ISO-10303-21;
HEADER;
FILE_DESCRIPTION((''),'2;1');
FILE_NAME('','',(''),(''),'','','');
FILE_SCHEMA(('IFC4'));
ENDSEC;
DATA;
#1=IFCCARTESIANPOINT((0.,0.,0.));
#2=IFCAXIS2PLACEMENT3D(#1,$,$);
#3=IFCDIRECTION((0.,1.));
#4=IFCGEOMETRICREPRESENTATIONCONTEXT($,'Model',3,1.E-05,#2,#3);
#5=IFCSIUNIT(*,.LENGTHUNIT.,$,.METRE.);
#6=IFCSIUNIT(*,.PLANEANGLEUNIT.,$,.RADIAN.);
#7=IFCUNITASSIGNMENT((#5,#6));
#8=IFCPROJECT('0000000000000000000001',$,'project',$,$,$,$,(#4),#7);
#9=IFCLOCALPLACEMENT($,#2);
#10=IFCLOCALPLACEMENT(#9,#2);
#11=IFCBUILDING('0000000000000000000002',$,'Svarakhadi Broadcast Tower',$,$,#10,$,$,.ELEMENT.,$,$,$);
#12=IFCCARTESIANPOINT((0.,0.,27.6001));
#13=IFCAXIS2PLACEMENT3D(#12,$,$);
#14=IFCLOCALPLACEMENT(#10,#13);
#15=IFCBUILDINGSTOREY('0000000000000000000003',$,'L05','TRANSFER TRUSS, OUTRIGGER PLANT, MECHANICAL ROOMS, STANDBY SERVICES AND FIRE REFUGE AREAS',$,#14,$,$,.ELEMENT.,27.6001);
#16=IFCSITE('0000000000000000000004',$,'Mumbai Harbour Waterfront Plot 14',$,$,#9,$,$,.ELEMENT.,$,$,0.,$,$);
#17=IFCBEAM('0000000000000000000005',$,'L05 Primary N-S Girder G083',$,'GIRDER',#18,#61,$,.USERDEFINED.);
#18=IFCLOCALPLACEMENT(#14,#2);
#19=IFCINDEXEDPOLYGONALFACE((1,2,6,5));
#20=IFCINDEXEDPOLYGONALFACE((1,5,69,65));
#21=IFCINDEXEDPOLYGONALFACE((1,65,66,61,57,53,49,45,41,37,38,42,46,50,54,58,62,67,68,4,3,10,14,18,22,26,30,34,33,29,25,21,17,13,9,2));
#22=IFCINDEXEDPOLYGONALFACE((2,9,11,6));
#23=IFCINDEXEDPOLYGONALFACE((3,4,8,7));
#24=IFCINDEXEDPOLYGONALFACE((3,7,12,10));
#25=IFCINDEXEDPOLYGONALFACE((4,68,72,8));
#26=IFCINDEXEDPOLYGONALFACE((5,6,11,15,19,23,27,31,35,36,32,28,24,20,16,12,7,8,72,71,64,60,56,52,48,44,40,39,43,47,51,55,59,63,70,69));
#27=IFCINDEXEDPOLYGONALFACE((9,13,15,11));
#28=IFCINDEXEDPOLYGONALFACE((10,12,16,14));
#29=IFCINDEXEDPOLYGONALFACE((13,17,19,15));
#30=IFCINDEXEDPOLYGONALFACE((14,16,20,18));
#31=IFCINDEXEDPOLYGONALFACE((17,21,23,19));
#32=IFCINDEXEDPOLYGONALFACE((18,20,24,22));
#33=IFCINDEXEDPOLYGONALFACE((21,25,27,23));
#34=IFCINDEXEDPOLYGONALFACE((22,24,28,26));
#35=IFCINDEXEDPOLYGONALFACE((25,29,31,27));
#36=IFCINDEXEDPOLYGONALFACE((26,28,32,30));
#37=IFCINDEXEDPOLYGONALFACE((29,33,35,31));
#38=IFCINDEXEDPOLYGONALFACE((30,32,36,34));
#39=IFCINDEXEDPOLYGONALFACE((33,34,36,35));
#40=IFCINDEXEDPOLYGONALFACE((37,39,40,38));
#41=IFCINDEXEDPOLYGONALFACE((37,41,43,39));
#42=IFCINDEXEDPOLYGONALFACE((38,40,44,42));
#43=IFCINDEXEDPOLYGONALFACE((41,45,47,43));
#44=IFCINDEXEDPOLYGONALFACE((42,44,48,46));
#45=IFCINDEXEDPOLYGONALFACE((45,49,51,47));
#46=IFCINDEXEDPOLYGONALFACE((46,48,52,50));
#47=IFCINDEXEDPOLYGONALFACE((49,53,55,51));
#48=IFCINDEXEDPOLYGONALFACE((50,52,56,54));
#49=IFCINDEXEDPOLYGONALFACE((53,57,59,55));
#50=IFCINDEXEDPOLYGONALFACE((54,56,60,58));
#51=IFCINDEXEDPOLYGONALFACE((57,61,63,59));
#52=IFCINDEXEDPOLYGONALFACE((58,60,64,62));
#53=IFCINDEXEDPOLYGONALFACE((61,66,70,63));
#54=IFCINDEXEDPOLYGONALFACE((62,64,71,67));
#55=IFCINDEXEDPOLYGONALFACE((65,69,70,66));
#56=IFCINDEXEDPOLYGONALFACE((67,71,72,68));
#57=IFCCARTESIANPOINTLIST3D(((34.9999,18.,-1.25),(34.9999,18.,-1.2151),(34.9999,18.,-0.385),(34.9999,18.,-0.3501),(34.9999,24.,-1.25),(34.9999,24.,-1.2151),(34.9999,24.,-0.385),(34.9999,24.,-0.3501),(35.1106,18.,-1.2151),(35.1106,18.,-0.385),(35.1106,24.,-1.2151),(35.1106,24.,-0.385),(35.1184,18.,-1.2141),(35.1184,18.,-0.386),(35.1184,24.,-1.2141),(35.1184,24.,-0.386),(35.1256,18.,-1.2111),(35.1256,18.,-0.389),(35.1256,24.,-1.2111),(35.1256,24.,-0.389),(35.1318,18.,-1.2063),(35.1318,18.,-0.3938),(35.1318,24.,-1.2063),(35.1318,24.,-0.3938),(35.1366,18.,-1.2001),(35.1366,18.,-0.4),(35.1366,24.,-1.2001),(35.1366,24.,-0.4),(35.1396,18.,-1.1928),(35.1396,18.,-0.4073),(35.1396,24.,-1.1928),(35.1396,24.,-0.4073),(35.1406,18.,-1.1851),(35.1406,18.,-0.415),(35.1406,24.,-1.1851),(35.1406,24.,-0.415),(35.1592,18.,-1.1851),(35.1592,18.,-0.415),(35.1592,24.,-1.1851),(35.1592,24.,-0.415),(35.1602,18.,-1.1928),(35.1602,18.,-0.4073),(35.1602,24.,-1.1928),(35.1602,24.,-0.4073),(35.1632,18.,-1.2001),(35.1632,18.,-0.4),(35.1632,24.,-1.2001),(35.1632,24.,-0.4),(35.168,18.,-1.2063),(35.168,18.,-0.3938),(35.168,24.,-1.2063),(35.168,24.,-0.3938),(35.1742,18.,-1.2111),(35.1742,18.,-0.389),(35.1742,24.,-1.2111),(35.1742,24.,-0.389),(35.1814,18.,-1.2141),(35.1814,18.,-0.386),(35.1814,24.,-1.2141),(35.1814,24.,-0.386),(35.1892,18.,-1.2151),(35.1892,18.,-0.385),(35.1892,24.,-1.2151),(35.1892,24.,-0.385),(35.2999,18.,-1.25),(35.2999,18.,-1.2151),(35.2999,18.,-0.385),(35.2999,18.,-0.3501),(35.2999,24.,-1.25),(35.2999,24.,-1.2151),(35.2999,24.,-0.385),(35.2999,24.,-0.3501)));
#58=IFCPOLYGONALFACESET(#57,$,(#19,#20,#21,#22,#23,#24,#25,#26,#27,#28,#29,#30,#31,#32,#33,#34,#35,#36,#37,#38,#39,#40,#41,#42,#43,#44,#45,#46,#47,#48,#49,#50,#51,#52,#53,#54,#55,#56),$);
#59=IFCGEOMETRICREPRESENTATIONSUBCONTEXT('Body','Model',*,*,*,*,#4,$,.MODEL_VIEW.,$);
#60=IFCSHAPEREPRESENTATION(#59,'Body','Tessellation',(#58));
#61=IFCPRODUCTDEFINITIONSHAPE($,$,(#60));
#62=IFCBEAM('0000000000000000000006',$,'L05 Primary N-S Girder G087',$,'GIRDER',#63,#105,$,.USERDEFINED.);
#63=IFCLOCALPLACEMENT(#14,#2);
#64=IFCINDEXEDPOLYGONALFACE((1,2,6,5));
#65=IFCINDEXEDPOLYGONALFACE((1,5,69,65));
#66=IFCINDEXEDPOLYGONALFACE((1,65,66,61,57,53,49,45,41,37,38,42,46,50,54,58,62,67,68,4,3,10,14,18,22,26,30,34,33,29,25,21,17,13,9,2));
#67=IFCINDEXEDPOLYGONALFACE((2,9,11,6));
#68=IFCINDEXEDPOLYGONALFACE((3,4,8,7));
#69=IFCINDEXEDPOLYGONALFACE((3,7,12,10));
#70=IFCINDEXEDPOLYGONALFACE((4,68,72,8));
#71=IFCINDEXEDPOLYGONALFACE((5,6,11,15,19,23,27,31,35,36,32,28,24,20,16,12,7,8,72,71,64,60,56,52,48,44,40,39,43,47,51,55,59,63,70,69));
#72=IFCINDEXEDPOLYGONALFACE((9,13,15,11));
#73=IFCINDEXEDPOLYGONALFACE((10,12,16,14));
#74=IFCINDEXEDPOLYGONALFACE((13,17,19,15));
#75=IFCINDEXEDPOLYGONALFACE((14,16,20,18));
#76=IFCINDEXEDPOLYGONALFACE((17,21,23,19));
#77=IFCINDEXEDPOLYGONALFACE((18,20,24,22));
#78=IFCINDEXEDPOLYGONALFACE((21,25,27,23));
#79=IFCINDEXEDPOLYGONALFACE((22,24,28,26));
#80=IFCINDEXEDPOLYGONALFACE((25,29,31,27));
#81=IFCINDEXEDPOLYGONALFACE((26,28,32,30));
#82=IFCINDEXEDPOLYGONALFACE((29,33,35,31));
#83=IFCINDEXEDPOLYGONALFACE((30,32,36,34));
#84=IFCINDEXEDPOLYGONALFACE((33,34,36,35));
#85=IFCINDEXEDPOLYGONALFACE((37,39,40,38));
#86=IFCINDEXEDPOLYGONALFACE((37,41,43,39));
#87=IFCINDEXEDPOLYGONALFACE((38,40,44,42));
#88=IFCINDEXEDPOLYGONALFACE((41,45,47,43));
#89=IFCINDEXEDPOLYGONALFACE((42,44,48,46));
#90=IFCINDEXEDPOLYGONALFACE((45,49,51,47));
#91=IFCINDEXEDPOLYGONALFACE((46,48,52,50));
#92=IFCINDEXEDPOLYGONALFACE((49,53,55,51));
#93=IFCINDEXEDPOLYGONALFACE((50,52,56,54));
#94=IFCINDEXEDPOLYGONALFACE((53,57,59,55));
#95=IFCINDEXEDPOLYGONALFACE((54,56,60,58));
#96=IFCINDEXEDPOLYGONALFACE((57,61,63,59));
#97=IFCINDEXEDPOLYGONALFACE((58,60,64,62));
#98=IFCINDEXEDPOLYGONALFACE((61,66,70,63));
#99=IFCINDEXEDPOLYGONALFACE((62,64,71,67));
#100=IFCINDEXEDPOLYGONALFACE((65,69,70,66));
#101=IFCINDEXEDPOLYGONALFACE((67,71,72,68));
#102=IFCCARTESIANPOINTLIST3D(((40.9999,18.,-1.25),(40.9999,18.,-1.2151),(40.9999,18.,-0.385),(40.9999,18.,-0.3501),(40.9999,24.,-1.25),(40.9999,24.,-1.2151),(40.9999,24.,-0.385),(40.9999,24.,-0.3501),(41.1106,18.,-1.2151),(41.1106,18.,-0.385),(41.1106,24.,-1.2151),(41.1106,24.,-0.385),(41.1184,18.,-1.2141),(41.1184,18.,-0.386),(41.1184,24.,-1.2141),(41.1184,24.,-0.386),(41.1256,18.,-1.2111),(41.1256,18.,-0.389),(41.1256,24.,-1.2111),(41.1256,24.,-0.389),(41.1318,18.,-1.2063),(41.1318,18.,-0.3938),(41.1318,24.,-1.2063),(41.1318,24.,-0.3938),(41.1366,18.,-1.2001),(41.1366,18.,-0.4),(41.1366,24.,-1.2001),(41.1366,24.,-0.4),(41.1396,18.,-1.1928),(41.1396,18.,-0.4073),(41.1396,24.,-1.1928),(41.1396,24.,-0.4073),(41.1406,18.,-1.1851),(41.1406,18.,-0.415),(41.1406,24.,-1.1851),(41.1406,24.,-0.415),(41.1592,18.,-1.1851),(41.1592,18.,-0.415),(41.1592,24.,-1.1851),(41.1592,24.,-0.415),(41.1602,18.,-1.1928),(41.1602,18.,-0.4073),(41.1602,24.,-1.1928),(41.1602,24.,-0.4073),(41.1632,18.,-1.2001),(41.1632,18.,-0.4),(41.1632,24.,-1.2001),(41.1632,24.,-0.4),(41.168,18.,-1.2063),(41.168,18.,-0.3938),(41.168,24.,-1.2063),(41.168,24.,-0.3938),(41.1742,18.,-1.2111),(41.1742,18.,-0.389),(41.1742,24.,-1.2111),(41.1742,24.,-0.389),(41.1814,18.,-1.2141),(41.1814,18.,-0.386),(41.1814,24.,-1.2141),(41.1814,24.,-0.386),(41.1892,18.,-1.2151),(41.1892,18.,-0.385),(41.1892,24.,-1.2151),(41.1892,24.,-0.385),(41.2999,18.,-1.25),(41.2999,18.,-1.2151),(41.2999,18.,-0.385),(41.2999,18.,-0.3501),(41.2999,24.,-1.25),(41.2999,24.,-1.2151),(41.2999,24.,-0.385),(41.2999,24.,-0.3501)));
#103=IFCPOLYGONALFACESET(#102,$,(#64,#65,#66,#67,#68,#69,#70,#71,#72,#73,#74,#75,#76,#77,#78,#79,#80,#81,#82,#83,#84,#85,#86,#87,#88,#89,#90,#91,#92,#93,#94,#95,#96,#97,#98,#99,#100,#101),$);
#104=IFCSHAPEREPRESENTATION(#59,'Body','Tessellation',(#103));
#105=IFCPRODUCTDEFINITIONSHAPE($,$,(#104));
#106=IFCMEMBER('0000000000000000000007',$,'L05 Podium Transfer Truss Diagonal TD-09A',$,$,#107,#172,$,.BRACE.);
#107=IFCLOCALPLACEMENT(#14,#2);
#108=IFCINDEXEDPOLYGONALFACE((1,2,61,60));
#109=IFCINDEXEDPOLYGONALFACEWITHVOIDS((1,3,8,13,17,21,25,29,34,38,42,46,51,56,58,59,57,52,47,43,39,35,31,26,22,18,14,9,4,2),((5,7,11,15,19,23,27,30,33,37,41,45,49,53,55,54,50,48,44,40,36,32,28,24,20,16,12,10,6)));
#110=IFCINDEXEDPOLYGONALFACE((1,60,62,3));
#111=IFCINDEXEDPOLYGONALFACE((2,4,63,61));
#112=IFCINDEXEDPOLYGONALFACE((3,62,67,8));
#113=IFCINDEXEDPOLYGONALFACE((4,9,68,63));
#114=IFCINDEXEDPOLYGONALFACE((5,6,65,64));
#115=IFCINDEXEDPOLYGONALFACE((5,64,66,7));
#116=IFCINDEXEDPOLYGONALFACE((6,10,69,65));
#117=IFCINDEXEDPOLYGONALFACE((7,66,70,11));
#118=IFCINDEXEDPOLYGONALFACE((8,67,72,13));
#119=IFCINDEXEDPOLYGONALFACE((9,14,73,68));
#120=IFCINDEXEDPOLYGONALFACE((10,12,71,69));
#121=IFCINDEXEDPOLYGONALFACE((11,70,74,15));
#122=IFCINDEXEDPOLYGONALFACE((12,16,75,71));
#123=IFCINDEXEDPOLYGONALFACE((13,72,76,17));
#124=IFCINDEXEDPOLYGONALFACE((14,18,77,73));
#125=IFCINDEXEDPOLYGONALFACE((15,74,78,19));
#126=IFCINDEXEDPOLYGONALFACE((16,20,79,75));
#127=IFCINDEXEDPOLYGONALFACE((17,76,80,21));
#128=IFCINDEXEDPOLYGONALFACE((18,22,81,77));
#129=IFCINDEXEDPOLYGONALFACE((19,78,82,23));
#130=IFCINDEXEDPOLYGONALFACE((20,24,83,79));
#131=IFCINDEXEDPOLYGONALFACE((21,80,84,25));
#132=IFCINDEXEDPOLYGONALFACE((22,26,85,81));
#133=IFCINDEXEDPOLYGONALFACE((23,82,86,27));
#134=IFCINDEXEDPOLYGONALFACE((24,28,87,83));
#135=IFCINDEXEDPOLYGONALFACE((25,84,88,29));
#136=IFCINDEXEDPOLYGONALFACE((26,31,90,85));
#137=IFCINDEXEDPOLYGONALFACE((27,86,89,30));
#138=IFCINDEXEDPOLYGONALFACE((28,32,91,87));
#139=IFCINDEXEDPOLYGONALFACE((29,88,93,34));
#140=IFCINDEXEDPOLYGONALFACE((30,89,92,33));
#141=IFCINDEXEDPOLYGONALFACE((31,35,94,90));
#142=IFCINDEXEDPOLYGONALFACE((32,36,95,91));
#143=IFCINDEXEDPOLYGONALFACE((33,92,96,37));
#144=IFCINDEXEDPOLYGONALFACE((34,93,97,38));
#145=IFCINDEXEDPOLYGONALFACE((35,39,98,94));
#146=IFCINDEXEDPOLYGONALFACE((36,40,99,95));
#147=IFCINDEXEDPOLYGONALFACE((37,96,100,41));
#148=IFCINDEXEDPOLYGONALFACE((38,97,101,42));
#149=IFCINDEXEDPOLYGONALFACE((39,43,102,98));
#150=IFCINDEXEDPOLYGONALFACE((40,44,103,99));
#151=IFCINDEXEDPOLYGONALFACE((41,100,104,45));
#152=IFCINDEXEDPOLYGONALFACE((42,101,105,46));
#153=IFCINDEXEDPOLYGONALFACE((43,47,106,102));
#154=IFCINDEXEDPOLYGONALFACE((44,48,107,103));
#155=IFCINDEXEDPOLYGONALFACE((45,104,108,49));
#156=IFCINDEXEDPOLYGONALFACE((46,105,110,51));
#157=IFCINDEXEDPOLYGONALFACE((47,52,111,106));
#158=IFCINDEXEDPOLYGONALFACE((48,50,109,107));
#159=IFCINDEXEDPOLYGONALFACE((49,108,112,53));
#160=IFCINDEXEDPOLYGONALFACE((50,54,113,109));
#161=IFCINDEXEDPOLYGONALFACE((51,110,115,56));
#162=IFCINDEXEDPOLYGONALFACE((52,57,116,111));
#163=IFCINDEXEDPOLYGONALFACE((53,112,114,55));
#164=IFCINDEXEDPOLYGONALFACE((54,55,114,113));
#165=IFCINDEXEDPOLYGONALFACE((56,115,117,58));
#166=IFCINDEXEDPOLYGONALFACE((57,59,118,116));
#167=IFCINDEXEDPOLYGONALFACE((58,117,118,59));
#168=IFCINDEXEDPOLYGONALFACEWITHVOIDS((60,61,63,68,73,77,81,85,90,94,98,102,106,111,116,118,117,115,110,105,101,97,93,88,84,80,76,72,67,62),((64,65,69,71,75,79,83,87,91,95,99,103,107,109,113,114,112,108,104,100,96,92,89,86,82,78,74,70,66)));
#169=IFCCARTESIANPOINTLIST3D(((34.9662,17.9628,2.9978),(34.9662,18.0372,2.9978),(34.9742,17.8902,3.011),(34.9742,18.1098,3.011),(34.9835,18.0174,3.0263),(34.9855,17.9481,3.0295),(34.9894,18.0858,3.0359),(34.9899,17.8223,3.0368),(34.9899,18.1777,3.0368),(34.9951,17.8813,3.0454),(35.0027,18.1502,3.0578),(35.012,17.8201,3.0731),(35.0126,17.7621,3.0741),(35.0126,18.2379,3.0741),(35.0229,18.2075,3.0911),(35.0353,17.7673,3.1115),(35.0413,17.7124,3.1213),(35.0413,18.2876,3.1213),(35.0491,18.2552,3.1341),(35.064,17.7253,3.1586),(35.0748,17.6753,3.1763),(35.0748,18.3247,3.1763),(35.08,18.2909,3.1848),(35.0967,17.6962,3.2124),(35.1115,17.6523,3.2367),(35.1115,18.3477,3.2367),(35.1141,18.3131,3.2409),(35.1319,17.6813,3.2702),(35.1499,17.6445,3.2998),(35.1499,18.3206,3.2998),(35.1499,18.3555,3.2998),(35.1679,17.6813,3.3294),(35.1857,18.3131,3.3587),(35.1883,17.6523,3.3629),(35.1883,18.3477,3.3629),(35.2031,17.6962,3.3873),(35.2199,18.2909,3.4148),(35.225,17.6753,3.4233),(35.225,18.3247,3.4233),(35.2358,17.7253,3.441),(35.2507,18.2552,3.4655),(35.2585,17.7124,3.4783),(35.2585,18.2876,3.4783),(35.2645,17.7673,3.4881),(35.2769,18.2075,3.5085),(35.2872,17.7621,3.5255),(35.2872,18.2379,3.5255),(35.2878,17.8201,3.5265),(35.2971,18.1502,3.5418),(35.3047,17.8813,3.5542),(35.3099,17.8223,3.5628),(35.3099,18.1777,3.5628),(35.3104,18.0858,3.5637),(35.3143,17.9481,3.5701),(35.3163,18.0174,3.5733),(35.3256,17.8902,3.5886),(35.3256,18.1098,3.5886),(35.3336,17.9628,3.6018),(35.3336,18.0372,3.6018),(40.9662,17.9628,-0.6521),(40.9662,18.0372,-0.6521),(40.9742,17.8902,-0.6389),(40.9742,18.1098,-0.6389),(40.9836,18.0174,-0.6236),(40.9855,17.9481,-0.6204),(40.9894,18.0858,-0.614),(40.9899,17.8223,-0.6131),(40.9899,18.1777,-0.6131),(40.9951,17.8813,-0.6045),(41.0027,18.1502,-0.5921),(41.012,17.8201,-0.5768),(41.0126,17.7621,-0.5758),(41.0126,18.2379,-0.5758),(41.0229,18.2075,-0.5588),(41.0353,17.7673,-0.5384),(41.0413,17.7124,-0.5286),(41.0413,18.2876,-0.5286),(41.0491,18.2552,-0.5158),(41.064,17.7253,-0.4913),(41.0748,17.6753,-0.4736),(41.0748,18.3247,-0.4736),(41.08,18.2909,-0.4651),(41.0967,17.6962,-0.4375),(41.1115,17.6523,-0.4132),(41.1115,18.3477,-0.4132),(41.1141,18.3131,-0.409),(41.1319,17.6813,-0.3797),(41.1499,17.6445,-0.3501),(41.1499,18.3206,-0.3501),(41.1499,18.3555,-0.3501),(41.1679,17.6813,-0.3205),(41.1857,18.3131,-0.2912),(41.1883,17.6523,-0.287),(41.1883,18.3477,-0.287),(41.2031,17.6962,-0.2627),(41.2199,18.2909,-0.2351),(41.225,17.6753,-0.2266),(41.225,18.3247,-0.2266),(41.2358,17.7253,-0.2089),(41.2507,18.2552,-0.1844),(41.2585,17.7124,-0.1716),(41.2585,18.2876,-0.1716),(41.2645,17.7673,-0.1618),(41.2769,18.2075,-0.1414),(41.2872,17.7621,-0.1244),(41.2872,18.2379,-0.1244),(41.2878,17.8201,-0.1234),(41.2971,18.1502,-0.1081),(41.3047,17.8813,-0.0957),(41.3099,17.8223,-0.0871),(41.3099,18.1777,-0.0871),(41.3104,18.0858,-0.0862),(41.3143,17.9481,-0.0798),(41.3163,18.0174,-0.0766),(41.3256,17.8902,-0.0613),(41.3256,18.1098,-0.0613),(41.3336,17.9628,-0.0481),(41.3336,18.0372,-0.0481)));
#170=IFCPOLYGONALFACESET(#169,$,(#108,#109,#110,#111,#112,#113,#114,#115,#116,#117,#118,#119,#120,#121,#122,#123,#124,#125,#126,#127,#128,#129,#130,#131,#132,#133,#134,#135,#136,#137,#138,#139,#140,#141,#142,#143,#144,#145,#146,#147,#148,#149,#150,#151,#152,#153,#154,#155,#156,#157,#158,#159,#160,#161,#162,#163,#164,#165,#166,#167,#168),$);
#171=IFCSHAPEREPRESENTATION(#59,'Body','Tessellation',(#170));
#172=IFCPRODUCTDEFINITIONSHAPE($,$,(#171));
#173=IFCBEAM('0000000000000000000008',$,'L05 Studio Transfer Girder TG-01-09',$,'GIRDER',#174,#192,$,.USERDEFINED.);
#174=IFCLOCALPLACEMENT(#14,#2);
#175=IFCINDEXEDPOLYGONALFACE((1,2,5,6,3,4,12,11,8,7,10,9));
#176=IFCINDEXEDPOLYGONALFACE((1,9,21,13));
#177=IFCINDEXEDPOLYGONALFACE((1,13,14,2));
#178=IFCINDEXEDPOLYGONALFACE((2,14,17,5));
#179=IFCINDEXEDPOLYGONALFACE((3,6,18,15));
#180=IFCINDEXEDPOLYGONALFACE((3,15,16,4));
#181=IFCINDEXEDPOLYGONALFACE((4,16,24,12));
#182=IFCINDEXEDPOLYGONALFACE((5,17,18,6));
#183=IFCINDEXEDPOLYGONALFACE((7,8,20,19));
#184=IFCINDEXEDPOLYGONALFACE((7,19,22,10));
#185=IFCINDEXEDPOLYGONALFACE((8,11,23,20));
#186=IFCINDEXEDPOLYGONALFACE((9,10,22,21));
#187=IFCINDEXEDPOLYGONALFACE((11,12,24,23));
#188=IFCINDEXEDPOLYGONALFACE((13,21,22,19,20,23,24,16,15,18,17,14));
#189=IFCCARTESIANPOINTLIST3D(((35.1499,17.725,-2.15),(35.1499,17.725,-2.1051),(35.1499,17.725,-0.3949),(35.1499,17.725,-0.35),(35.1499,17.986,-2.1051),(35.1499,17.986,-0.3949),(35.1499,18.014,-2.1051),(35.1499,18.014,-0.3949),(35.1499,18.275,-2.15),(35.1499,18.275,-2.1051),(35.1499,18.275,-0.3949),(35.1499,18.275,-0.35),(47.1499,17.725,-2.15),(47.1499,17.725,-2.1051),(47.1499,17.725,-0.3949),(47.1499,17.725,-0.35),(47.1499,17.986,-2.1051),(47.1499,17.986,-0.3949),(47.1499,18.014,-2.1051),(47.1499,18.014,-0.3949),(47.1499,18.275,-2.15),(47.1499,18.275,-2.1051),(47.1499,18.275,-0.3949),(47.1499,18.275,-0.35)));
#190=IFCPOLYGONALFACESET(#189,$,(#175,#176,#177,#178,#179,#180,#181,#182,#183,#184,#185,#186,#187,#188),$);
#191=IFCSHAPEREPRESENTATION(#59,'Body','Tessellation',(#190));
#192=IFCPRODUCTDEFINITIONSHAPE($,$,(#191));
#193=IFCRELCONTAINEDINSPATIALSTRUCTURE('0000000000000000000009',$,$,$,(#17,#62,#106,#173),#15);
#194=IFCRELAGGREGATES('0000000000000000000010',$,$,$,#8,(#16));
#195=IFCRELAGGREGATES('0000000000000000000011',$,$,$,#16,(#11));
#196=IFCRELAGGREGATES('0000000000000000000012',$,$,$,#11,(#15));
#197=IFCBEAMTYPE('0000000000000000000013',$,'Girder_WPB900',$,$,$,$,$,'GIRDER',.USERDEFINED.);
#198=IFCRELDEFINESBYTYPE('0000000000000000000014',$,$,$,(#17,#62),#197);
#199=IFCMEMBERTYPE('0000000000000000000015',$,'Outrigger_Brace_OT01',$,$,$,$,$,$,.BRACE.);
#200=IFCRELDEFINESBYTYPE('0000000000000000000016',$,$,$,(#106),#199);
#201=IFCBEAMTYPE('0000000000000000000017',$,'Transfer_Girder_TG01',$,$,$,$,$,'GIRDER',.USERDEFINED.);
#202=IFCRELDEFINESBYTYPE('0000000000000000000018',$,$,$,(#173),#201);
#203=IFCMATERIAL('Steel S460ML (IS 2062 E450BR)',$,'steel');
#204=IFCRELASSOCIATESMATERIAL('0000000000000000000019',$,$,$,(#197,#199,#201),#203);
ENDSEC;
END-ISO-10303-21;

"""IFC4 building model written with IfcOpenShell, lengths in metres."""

from ifc_helpers import new_model, si_unit, direction, frame, origin, origin_2d, place, context, subcontext, project, spatial, hollow_circle, i_section, extrude, material, material_profile, profile_set, type_object, element, save


model = new_model("IFC4")

# Units and contexts
model_context = context("Model", 3, precision=1e-05, world=origin(), true_north=direction((0.0, 1.0)))
body_context = subcontext(model_context, "Body", "Model", "MODEL_VIEW")
ifc_project = project(units=[si_unit("LENGTHUNIT", "METRE"), si_unit("PLANEANGLEUNIT", "RADIAN")], contexts=[model_context])

# Site, building, storey
site_placement = place(None, origin())
site = spatial("IfcSite", under=ifc_project, at=site_placement, Name="Mumbai Harbour Waterfront Plot 14", CompositionType="ELEMENT", RefElevation=0.0)
building_placement = place(site_placement, origin())
building = spatial("IfcBuilding", under=site, at=building_placement, Name="Svarakhadi Broadcast Tower", CompositionType="ELEMENT")
storey_placement = place(building_placement, frame((0.0, 0.0, 27.6001)))
storey = spatial("IfcBuildingStorey", under=building, at=storey_placement, Name="L05", Description="TRANSFER TRUSS, OUTRIGGER PLANT, MECHANICAL ROOMS, STANDBY SERVICES AND FIRE REFUGE AREAS", CompositionType="ELEMENT", Elevation=27.6001)

# Shared definitions
ifc_material_1 = material(Name="Steel S460ML (IS 2062 E450BR)", Category="steel")

# Beams
ifc_material_profile_1 = material_profile(ifc_material_1, i_section(OverallWidth=0.3, OverallDepth=0.8999, WebThickness=0.0186, FlangeThickness=0.0349, FilletRadius=0.03, at=origin_2d()), Name="WPB 900x300x291")
ifc_profile_set_1 = profile_set([ifc_material_profile_1], Name="Steel S460ML (IS 2062 E450BR)")
beam_type_1 = type_object("IfcBeamType", Name="Girder_WPB900", ElementType="GIRDER", PredefinedType="USERDEFINED", material=ifc_profile_set_1)
for number, where, z_axis, x_axis, name in (
    (1, (35.1499, 18.0, -0.8), (0.0, 1.0, 0.0), (-1.0, 0.0, 0.0), "L05 Primary N-S Girder G083"),
    (2, (41.1499, 18.0, -0.8), (0.0, 1.0, 0.0), (-1.0, 0.0, 0.0), "L05 Primary N-S Girder G087"),
):
    element("IfcBeam", number, at=place(storey_placement, frame(where, z_axis=z_axis, x_axis=x_axis)), inside=storey, type_object=beam_type_1, Name=name, ObjectType="GIRDER", PredefinedType="USERDEFINED", context=body_context, shape_type="SweptSolid", body=[
        extrude(i_section(OverallWidth=0.3, OverallDepth=0.8999, WebThickness=0.0186, FlangeThickness=0.0349, FilletRadius=0.03, at=origin_2d()), origin(), (0.0, 0.0, 1.0), 6.0),
    ])

# Member
ifc_material_profile_2 = material_profile(ifc_material_1, hollow_circle(Radius=0.3555, WallThickness=0.0349, at=origin_2d()), Name="CHS 711x35")
ifc_profile_set_2 = profile_set([ifc_material_profile_2], Name="Steel S460ML (IS 2062 E450BR)")
member_type_1 = type_object("IfcMemberType", Name="Outrigger_Brace_OT01", PredefinedType="BRACE", material=ifc_profile_set_2)
member_1_placement = place(storey_placement, frame((35.1499, 18.0, 3.2998), z_axis=(0.854342, 0.0, -0.519711), x_axis=(0.0, 1.0, 0.0)))
element("IfcMember", 3, at=member_1_placement, inside=storey, type_object=member_type_1, Name="L05 Podium Transfer Truss Diagonal TD-09A", PredefinedType="BRACE", context=body_context, shape_type="SweptSolid", body=[
    extrude(hollow_circle(Radius=0.3555, WallThickness=0.0349, at=origin_2d()), origin(), (0.0, 0.0, 1.0), 7.0229),
])

# Beam
ifc_material_profile_3 = material_profile(ifc_material_1, i_section(OverallWidth=0.55, OverallDepth=1.8, WebThickness=0.0281, FlangeThickness=0.0449, at=origin_2d()), Name="PG 1800x550x45")
ifc_profile_set_3 = profile_set([ifc_material_profile_3], Name="Steel S460ML (IS 2062 E450BR)")
beam_type_2 = type_object("IfcBeamType", Name="Transfer_Girder_TG01", ElementType="GIRDER", PredefinedType="USERDEFINED", material=ifc_profile_set_3)
beam_placement = place(storey_placement, frame((35.1499, 18.0, -1.25), z_axis=(1.0, 0.0, 0.0), x_axis=(0.0, 1.0, 0.0)))
element("IfcBeam", 4, at=beam_placement, inside=storey, type_object=beam_type_2, Name="L05 Studio Transfer Girder TG-01-09", ObjectType="GIRDER", PredefinedType="USERDEFINED", context=body_context, shape_type="SweptSolid", body=[
    extrude(i_section(OverallWidth=0.55, OverallDepth=1.8, WebThickness=0.0281, FlangeThickness=0.0449, at=origin_2d()), origin(), (0.0, 0.0, 1.0), 12.0),
])

save(model, "model.ifc")
